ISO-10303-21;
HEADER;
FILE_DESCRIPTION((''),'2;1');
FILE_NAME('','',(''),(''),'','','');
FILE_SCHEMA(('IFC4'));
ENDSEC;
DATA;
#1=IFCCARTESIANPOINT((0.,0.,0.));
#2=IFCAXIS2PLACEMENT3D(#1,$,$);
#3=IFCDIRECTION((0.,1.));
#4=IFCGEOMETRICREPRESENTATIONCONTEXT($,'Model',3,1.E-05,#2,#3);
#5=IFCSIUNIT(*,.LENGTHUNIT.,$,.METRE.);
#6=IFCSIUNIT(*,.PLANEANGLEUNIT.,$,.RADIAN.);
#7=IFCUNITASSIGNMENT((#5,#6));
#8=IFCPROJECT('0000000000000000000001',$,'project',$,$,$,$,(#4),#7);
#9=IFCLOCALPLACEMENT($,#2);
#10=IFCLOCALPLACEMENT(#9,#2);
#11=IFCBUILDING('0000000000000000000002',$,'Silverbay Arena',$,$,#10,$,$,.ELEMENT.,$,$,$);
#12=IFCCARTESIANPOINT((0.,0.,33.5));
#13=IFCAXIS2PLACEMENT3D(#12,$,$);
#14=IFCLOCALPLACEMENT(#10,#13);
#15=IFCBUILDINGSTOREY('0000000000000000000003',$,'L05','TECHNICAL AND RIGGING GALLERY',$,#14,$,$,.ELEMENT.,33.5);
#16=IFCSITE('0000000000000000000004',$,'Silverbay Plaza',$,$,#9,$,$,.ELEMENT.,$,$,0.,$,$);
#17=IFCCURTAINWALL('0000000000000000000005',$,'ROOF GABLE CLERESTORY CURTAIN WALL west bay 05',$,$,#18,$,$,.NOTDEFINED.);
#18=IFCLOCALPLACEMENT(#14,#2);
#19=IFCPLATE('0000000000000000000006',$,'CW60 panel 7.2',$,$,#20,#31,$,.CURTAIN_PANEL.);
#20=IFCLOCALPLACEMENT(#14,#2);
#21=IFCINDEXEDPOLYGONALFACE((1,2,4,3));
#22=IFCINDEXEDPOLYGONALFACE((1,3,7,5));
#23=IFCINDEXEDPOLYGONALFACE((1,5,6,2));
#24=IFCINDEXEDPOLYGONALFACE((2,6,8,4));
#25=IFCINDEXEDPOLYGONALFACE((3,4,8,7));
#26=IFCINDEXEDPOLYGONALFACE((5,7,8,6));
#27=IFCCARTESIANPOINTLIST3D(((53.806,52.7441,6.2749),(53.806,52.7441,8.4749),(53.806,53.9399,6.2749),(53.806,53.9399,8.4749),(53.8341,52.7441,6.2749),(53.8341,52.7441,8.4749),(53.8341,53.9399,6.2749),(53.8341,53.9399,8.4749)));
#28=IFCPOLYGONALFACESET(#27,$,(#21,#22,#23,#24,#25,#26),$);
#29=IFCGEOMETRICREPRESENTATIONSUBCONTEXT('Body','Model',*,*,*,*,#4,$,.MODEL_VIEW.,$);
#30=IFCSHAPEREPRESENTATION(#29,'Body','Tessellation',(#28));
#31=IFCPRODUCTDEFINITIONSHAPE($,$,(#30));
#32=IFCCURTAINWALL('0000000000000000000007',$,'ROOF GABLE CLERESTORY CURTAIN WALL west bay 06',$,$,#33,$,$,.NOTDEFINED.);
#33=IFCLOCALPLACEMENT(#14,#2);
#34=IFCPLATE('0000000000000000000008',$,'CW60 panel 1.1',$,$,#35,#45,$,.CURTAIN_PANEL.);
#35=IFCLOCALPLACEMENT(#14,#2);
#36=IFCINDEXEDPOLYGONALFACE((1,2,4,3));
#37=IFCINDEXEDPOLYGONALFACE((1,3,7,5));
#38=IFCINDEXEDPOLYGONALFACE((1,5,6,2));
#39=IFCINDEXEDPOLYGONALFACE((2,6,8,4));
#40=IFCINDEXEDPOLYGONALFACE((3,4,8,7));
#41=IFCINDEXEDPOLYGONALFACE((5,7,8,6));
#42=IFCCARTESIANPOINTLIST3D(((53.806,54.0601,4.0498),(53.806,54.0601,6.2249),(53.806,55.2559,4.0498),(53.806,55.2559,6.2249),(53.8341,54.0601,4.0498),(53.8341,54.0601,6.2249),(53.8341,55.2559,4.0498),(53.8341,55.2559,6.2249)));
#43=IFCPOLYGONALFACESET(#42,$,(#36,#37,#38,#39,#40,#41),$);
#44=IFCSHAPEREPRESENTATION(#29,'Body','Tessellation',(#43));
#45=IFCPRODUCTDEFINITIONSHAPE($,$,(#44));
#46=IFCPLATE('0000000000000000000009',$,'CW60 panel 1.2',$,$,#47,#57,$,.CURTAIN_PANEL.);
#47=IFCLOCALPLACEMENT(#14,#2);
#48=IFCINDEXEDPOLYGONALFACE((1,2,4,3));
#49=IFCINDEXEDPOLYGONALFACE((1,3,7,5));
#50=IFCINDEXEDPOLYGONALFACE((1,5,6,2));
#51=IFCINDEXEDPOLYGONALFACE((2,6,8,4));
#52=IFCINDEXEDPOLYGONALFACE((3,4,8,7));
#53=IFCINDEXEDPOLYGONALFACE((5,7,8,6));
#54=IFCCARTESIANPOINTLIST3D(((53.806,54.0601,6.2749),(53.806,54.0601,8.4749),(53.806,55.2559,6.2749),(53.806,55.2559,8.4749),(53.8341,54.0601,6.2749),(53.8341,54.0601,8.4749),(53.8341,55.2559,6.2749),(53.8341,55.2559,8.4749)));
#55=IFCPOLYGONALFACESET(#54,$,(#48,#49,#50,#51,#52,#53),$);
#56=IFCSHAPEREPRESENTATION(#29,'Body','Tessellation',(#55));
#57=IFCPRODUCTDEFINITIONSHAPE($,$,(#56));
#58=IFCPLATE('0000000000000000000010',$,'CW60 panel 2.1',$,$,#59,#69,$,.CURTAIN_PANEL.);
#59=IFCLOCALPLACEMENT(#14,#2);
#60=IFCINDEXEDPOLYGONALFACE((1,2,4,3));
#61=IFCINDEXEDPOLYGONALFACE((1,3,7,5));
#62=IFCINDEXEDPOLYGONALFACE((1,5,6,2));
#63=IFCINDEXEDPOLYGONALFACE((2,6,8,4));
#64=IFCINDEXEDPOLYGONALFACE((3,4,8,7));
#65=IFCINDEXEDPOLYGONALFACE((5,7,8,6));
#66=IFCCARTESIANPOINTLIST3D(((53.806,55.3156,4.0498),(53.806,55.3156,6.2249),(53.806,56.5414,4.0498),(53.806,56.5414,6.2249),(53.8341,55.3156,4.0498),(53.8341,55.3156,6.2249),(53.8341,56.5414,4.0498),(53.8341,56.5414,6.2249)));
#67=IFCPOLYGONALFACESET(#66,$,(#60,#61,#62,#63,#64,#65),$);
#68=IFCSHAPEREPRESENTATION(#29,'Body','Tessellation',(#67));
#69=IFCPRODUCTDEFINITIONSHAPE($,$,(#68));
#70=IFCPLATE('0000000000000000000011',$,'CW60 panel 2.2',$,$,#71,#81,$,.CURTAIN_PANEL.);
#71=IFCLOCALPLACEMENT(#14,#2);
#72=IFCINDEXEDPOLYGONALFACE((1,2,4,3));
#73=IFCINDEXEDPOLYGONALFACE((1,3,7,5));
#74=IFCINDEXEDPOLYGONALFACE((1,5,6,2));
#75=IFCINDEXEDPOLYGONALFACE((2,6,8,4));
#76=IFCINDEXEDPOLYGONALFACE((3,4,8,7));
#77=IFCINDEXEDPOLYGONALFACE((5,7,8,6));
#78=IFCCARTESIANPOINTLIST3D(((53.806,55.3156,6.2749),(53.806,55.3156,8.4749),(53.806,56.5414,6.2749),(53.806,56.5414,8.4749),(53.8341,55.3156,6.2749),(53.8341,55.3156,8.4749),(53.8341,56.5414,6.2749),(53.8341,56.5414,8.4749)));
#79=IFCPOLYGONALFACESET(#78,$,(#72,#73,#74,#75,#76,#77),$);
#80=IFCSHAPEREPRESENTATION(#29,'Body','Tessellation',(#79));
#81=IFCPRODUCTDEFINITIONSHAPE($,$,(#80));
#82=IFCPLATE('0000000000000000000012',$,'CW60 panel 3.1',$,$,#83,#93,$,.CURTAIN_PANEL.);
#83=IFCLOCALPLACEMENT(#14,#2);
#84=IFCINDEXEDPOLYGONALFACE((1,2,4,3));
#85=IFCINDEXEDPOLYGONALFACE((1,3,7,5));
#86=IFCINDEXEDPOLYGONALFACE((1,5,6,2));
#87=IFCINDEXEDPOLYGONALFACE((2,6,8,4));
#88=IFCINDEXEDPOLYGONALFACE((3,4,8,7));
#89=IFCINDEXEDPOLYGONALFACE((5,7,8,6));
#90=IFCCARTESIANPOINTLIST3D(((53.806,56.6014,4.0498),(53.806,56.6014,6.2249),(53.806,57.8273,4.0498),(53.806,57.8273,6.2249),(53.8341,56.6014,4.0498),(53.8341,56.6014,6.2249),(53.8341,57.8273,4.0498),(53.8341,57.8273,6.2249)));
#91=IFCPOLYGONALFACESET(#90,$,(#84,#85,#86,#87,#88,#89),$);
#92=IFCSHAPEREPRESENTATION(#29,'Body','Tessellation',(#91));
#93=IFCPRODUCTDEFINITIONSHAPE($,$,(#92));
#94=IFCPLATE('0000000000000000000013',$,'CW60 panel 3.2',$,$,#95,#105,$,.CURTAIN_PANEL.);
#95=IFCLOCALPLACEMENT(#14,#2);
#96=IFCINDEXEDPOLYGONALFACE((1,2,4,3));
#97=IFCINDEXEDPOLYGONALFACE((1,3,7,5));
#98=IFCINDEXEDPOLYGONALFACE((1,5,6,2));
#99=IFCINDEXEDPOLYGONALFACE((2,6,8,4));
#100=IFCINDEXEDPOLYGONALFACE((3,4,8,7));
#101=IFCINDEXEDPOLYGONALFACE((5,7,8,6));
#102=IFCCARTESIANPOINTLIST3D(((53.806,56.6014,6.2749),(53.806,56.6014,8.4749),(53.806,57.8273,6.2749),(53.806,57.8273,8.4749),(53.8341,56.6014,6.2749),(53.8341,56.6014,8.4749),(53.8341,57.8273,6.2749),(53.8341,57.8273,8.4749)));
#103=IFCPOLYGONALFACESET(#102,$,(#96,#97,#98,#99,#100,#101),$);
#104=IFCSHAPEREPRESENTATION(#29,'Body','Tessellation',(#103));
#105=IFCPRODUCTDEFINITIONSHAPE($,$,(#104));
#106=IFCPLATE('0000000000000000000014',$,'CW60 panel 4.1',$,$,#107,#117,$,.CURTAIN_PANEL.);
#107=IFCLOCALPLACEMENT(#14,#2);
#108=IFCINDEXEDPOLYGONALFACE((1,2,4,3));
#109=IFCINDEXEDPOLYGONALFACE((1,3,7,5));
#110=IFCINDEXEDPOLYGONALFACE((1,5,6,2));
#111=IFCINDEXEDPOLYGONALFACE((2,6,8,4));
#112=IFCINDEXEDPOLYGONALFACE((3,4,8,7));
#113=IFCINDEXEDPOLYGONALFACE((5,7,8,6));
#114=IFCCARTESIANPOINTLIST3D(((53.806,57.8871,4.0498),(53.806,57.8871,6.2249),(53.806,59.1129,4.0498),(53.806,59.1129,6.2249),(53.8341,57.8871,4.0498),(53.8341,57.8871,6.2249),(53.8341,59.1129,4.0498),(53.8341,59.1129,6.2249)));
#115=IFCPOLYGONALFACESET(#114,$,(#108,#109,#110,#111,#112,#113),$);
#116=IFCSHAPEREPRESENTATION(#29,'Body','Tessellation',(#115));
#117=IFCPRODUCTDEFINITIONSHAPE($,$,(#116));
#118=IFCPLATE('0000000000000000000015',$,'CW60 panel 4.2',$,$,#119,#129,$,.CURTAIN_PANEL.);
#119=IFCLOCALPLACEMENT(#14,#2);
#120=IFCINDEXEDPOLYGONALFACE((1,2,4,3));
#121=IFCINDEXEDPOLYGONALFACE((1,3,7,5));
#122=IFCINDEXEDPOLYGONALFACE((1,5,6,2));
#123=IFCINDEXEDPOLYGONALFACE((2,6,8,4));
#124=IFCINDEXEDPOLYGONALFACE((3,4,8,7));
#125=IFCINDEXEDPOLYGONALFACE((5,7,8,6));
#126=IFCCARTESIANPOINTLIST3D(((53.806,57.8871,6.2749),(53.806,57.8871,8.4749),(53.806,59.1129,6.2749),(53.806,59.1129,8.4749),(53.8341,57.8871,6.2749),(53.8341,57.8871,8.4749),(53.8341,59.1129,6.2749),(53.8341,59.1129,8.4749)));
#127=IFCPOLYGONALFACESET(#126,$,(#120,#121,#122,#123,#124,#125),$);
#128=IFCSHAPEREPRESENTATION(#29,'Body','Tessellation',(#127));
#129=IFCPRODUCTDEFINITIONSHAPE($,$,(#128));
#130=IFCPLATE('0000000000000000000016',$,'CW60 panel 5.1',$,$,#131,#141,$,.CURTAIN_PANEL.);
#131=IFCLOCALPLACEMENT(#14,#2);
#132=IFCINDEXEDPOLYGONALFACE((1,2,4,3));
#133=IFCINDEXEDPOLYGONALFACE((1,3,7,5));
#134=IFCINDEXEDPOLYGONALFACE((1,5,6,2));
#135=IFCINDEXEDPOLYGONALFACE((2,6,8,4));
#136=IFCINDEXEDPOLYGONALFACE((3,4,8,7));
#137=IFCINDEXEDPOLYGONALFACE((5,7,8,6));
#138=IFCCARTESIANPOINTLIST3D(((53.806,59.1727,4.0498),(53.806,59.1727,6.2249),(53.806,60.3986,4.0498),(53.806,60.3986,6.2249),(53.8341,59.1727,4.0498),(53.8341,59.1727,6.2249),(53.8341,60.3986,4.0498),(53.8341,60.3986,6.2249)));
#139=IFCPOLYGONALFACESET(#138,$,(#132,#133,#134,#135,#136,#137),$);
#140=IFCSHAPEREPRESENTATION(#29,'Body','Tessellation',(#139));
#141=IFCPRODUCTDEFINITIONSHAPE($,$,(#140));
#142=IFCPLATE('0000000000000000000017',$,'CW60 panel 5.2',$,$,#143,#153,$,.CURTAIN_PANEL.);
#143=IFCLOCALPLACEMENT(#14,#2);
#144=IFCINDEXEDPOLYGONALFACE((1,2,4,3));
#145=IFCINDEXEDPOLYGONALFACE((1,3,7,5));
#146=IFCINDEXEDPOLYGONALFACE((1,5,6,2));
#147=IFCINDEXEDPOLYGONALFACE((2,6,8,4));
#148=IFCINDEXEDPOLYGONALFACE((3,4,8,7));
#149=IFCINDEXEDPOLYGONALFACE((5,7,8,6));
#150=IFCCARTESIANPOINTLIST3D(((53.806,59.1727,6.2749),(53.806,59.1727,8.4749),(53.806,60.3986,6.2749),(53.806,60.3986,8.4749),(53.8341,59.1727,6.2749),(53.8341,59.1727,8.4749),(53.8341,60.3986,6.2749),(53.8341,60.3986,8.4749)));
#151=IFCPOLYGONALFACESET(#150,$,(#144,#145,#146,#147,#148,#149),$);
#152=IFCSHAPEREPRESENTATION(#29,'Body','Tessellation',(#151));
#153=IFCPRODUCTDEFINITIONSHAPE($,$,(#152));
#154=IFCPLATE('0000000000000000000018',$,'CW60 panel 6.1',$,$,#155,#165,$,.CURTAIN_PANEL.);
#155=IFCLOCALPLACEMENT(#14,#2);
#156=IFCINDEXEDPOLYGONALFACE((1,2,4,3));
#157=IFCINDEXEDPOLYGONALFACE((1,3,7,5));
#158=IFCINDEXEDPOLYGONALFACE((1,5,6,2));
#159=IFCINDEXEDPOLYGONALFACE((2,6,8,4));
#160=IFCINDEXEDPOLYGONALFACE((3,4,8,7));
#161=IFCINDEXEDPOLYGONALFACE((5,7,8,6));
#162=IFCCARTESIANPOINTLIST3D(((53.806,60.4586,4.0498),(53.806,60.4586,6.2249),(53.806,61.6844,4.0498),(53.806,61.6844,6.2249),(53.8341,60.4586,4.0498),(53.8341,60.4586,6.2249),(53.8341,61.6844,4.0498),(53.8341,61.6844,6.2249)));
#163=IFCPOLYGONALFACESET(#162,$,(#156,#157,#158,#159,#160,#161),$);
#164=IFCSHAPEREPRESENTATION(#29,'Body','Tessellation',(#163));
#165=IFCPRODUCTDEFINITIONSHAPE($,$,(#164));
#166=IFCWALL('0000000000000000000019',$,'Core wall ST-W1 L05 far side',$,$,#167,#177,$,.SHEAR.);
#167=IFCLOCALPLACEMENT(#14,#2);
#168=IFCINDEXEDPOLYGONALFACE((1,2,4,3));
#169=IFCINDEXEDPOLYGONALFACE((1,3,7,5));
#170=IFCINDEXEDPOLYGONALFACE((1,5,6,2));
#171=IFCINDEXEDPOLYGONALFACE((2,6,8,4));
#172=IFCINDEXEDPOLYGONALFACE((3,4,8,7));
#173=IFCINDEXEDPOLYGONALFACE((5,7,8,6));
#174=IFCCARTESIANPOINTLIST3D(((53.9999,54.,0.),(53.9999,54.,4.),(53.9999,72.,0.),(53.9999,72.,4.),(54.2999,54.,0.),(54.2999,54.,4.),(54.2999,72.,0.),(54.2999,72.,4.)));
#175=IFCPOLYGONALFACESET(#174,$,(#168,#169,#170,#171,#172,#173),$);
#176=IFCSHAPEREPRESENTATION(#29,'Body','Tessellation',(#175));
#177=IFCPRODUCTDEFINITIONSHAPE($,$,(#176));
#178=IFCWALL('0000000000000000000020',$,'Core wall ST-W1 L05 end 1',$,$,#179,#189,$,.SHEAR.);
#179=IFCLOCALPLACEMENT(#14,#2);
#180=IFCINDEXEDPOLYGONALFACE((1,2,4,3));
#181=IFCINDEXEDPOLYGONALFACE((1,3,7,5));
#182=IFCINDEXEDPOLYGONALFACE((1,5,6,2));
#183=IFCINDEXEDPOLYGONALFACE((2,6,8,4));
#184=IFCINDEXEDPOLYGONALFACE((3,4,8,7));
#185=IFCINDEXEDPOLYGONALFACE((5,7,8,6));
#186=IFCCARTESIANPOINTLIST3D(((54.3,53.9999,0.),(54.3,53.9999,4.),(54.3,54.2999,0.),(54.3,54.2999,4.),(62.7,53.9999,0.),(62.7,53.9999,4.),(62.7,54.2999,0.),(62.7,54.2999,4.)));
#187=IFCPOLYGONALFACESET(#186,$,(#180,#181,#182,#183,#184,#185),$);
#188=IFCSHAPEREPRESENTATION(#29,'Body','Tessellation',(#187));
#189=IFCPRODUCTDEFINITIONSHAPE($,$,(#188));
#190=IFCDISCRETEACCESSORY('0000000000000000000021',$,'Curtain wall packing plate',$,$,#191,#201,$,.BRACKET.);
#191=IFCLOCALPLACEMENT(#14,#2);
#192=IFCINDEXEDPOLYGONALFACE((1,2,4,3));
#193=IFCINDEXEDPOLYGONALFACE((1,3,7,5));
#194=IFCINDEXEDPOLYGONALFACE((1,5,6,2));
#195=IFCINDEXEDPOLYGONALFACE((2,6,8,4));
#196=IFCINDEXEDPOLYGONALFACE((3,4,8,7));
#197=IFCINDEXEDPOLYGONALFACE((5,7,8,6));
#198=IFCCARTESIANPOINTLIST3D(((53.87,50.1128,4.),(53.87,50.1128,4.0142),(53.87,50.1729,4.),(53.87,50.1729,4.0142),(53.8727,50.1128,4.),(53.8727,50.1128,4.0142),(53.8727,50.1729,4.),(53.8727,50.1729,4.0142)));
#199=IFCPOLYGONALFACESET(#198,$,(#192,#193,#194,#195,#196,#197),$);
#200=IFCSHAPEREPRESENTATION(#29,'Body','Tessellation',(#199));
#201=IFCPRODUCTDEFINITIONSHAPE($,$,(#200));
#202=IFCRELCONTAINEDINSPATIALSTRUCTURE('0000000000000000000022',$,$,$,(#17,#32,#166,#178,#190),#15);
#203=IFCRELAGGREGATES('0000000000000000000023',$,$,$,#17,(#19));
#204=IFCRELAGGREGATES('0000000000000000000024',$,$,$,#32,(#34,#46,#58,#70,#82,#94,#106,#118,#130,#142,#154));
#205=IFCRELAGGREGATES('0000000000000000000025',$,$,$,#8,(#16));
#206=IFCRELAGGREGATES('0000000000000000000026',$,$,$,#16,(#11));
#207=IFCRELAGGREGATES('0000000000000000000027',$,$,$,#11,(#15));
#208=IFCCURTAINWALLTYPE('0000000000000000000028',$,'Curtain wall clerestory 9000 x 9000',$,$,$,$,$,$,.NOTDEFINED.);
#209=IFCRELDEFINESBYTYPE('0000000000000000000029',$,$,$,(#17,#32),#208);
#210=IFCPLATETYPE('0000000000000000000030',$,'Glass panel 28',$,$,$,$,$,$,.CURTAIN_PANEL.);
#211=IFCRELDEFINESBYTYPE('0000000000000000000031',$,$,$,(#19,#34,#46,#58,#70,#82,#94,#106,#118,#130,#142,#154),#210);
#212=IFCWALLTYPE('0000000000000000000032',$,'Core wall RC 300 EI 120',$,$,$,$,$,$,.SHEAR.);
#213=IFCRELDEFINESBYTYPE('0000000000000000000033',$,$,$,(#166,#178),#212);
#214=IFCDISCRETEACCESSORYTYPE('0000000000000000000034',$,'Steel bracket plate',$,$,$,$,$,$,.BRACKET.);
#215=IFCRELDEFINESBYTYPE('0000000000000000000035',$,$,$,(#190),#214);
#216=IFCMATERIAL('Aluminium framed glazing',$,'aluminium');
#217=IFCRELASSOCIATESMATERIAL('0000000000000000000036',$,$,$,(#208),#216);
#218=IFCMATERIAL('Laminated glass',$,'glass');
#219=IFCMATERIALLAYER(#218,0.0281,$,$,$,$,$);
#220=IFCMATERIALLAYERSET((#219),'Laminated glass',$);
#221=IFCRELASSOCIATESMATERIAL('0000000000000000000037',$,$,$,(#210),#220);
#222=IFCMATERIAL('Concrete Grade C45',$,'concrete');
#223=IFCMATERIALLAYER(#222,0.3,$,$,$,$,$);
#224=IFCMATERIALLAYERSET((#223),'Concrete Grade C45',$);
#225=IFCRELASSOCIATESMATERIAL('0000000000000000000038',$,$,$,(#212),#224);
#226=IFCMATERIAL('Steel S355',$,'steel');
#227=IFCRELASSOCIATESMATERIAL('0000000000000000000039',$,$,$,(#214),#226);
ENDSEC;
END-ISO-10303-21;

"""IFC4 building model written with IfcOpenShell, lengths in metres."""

from ifc_helpers import new_model, si_unit, direction, frame, frame_2d, origin, origin_2d, place, context, subcontext, project, spatial, rectangle, extrude, material, layer, layer_set, type_object, element, aggregate, save


model = new_model("IFC4")

# Units and contexts
model_context = context("Model", 3, precision=1e-05, world=origin(), true_north=direction((0.0, 1.0)))
body_context = subcontext(model_context, "Body", "Model", "MODEL_VIEW")
ifc_project = project(units=[si_unit("LENGTHUNIT", "METRE"), si_unit("PLANEANGLEUNIT", "RADIAN")], contexts=[model_context])

# Site, building, storey
site_placement = place(None, origin())
site = spatial("IfcSite", under=ifc_project, at=site_placement, Name="Silverbay Plaza", CompositionType="ELEMENT", RefElevation=0.0)
building_placement = place(site_placement, origin())
building = spatial("IfcBuilding", under=site, at=building_placement, Name="Silverbay Arena", CompositionType="ELEMENT")
storey_placement = place(building_placement, frame((0.0, 0.0, 33.5)))
storey = spatial("IfcBuildingStorey", under=building, at=storey_placement, Name="L05", Description="TECHNICAL AND RIGGING GALLERY", CompositionType="ELEMENT", Elevation=33.5)

# Curtain walls, plates
ifc_material_1 = material(Name="Aluminium framed glazing", Category="aluminium")
curtain_wall_type = type_object("IfcCurtainWallType", Name="Curtain wall clerestory 9000 x 9000", PredefinedType="NOTDEFINED", material=ifc_material_1)
curtain_wall_1_placement = place(storey_placement, origin())
curtain_wall_1 = element("IfcCurtainWall", 1, at=curtain_wall_1_placement, inside=storey, type_object=curtain_wall_type, Name="ROOF GABLE CLERESTORY CURTAIN WALL west bay 05", PredefinedType="NOTDEFINED")
ifc_material_2 = material(Name="Laminated glass", Category="glass")
ifc_layer_1 = layer(ifc_material_2, 0.0281)
ifc_layer_set_1 = layer_set([ifc_layer_1], Name="Laminated glass")
plate_type = type_object("IfcPlateType", Name="Glass panel 28", PredefinedType="CURTAIN_PANEL", material=ifc_layer_set_1)
plate_1_placement = place(storey_placement, frame((53.8201, 53.342, 6.2749), z_axis=(0.0, 0.0, 1.0), x_axis=(0.0, 1.0, 0.0)))
plate_1 = element("IfcPlate", 2, at=plate_1_placement, type_object=plate_type, Name="CW60 panel 7.2", PredefinedType="CURTAIN_PANEL", context=body_context, shape_type="SweptSolid", body=[
    extrude(rectangle(XDim=1.1958, YDim=0.0281, at=origin_2d()), origin(), (0.0, 0.0, 1.0), 2.2),
])
aggregate(curtain_wall_1, [plate_1])
curtain_wall_2_placement = place(storey_placement, origin())
curtain_wall_2 = element("IfcCurtainWall", 3, at=curtain_wall_2_placement, inside=storey, type_object=curtain_wall_type, Name="ROOF GABLE CLERESTORY CURTAIN WALL west bay 06", PredefinedType="NOTDEFINED")
plate_2_placement = place(storey_placement, frame((53.8201, 54.658, 4.0498), z_axis=(0.0, 0.0, 1.0), x_axis=(0.0, 1.0, 0.0)))
plate_2 = element("IfcPlate", 4, at=plate_2_placement, type_object=plate_type, Name="CW60 panel 1.1", PredefinedType="CURTAIN_PANEL", context=body_context, shape_type="SweptSolid", body=[
    extrude(rectangle(XDim=1.1958, YDim=0.0281, at=origin_2d()), origin(), (0.0, 0.0, 1.0), 2.175),
])
plate_3_placement = place(storey_placement, frame((53.8201, 54.658, 6.2749), z_axis=(0.0, 0.0, 1.0), x_axis=(0.0, 1.0, 0.0)))
plate_3 = element("IfcPlate", 5, at=plate_3_placement, type_object=plate_type, Name="CW60 panel 1.2", PredefinedType="CURTAIN_PANEL", context=body_context, shape_type="SweptSolid", body=[
    extrude(rectangle(XDim=1.1958, YDim=0.0281, at=origin_2d()), origin(), (0.0, 0.0, 1.0), 2.2),
])
plate_4_placement = place(storey_placement, frame((53.8201, 55.9285, 4.0498), z_axis=(0.0, 0.0, 1.0), x_axis=(0.0, 1.0, 0.0)))
plate_4 = element("IfcPlate", 6, at=plate_4_placement, type_object=plate_type, Name="CW60 panel 2.1", PredefinedType="CURTAIN_PANEL", context=body_context, shape_type="SweptSolid", body=[
    extrude(rectangle(XDim=1.2258, YDim=0.0281, at=origin_2d()), origin(), (0.0, 0.0, 1.0), 2.175),
])
plate_5_placement = place(storey_placement, frame((53.8201, 55.9285, 6.2749), z_axis=(0.0, 0.0, 1.0), x_axis=(0.0, 1.0, 0.0)))
plate_5 = element("IfcPlate", 7, at=plate_5_placement, type_object=plate_type, Name="CW60 panel 2.2", PredefinedType="CURTAIN_PANEL", context=body_context, shape_type="SweptSolid", body=[
    extrude(rectangle(XDim=1.2258, YDim=0.0281, at=origin_2d()), origin(), (0.0, 0.0, 1.0), 2.2),
])
plate_6_placement = place(storey_placement, frame((53.8201, 57.2144, 4.0498), z_axis=(0.0, 0.0, 1.0), x_axis=(0.0, 1.0, 0.0)))
plate_6 = element("IfcPlate", 8, at=plate_6_placement, type_object=plate_type, Name="CW60 panel 3.1", PredefinedType="CURTAIN_PANEL", context=body_context, shape_type="SweptSolid", body=[
    extrude(rectangle(XDim=1.2258, YDim=0.0281, at=origin_2d()), origin(), (0.0, 0.0, 1.0), 2.175),
])
plate_7_placement = place(storey_placement, frame((53.8201, 57.2144, 6.2749), z_axis=(0.0, 0.0, 1.0), x_axis=(0.0, 1.0, 0.0)))
plate_7 = element("IfcPlate", 9, at=plate_7_placement, type_object=plate_type, Name="CW60 panel 3.2", PredefinedType="CURTAIN_PANEL", context=body_context, shape_type="SweptSolid", body=[
    extrude(rectangle(XDim=1.2258, YDim=0.0281, at=origin_2d()), origin(), (0.0, 0.0, 1.0), 2.2),
])
plate_8_placement = place(storey_placement, frame((53.8201, 58.5, 4.0498), z_axis=(0.0, 0.0, 1.0), x_axis=(0.0, 1.0, 0.0)))
plate_8 = element("IfcPlate", 10, at=plate_8_placement, type_object=plate_type, Name="CW60 panel 4.1", PredefinedType="CURTAIN_PANEL", context=body_context, shape_type="SweptSolid", body=[
    extrude(rectangle(XDim=1.2258, YDim=0.0281, at=origin_2d()), origin(), (0.0, 0.0, 1.0), 2.175),
])
plate_9_placement = place(storey_placement, frame((53.8201, 58.5, 6.2749), z_axis=(0.0, 0.0, 1.0), x_axis=(0.0, 1.0, 0.0)))
plate_9 = element("IfcPlate", 11, at=plate_9_placement, type_object=plate_type, Name="CW60 panel 4.2", PredefinedType="CURTAIN_PANEL", context=body_context, shape_type="SweptSolid", body=[
    extrude(rectangle(XDim=1.2258, YDim=0.0281, at=origin_2d()), origin(), (0.0, 0.0, 1.0), 2.2),
])
plate_10_placement = place(storey_placement, frame((53.8201, 59.7856, 4.0498), z_axis=(0.0, 0.0, 1.0), x_axis=(0.0, 1.0, 0.0)))
plate_10 = element("IfcPlate", 12, at=plate_10_placement, type_object=plate_type, Name="CW60 panel 5.1", PredefinedType="CURTAIN_PANEL", context=body_context, shape_type="SweptSolid", body=[
    extrude(rectangle(XDim=1.2258, YDim=0.0281, at=origin_2d()), origin(), (0.0, 0.0, 1.0), 2.175),
])
plate_11_placement = place(storey_placement, frame((53.8201, 59.7856, 6.2749), z_axis=(0.0, 0.0, 1.0), x_axis=(0.0, 1.0, 0.0)))
plate_11 = element("IfcPlate", 13, at=plate_11_placement, type_object=plate_type, Name="CW60 panel 5.2", PredefinedType="CURTAIN_PANEL", context=body_context, shape_type="SweptSolid", body=[
    extrude(rectangle(XDim=1.2258, YDim=0.0281, at=origin_2d()), origin(), (0.0, 0.0, 1.0), 2.2),
])
plate_12_placement = place(storey_placement, frame((53.8201, 61.0715, 4.0498), z_axis=(0.0, 0.0, 1.0), x_axis=(0.0, 1.0, 0.0)))
plate_12 = element("IfcPlate", 14, at=plate_12_placement, type_object=plate_type, Name="CW60 panel 6.1", PredefinedType="CURTAIN_PANEL", context=body_context, shape_type="SweptSolid", body=[
    extrude(rectangle(XDim=1.2258, YDim=0.0281, at=origin_2d()), origin(), (0.0, 0.0, 1.0), 2.175),
])
aggregate(curtain_wall_2, [plate_2, plate_3, plate_4, plate_5, plate_6, plate_7, plate_8, plate_9, plate_10, plate_11, plate_12])

# Walls
ifc_material_3 = material(Name="Concrete Grade C45", Category="concrete")
ifc_layer_2 = layer(ifc_material_3, 0.3)
ifc_layer_set_2 = layer_set([ifc_layer_2], Name="Concrete Grade C45")
wall_type = type_object("IfcWallType", Name="Core wall RC 300 EI 120", PredefinedType="SHEAR", material=ifc_layer_set_2)
wall_1_placement = place(storey_placement, frame((54.1499, 54.0, 0.0), z_axis=(0.0, 0.0, 1.0), x_axis=(0.0, 1.0, 0.0)))
element("IfcWall", 15, at=wall_1_placement, inside=storey, type_object=wall_type, Name="Core wall ST-W1 L05 far side", PredefinedType="SHEAR", context=body_context, shape_type="SweptSolid", body=[
    extrude(rectangle(XDim=18.0, YDim=0.3, at=frame_2d((9.0, 0.0))), origin(), (0.0, 0.0, 1.0), 4.0),
])
wall_2_placement = place(storey_placement, frame((62.7, 54.1499, 0.0), z_axis=(0.0, 0.0, 1.0), x_axis=(-1.0, 0.0, 0.0)))
element("IfcWall", 16, at=wall_2_placement, inside=storey, type_object=wall_type, Name="Core wall ST-W1 L05 end 1", PredefinedType="SHEAR", context=body_context, shape_type="SweptSolid", body=[
    extrude(rectangle(XDim=8.3999, YDim=0.3, at=frame_2d((4.2, 0.0))), origin(), (0.0, 0.0, 1.0), 4.0),
])

# Discrete accessory
ifc_material_4 = material(Name="Steel S355", Category="steel")
discrete_accessory_type = type_object("IfcDiscreteAccessoryType", Name="Steel bracket plate", PredefinedType="BRACKET", material=ifc_material_4)
for number, where, z_axis, x_axis, name in (
    (17, (53.8713, 50.1428, 4.0), (0.0, 0.0, 1.0), (1.0, 0.0, 0.0), "Curtain wall packing plate"),
):
    element("IfcDiscreteAccessory", number, at=place(storey_placement, frame(where, z_axis=z_axis, x_axis=x_axis)), inside=storey, type_object=discrete_accessory_type, Name=name, PredefinedType="BRACKET", context=body_context, shape_type="SweptSolid", body=[
        extrude(rectangle(XDim=0.0027, YDim=0.0601, at=origin_2d()), origin(), (0.0, 0.0, 1.0), 0.0142),
    ])

save(model, "model.ifc")
